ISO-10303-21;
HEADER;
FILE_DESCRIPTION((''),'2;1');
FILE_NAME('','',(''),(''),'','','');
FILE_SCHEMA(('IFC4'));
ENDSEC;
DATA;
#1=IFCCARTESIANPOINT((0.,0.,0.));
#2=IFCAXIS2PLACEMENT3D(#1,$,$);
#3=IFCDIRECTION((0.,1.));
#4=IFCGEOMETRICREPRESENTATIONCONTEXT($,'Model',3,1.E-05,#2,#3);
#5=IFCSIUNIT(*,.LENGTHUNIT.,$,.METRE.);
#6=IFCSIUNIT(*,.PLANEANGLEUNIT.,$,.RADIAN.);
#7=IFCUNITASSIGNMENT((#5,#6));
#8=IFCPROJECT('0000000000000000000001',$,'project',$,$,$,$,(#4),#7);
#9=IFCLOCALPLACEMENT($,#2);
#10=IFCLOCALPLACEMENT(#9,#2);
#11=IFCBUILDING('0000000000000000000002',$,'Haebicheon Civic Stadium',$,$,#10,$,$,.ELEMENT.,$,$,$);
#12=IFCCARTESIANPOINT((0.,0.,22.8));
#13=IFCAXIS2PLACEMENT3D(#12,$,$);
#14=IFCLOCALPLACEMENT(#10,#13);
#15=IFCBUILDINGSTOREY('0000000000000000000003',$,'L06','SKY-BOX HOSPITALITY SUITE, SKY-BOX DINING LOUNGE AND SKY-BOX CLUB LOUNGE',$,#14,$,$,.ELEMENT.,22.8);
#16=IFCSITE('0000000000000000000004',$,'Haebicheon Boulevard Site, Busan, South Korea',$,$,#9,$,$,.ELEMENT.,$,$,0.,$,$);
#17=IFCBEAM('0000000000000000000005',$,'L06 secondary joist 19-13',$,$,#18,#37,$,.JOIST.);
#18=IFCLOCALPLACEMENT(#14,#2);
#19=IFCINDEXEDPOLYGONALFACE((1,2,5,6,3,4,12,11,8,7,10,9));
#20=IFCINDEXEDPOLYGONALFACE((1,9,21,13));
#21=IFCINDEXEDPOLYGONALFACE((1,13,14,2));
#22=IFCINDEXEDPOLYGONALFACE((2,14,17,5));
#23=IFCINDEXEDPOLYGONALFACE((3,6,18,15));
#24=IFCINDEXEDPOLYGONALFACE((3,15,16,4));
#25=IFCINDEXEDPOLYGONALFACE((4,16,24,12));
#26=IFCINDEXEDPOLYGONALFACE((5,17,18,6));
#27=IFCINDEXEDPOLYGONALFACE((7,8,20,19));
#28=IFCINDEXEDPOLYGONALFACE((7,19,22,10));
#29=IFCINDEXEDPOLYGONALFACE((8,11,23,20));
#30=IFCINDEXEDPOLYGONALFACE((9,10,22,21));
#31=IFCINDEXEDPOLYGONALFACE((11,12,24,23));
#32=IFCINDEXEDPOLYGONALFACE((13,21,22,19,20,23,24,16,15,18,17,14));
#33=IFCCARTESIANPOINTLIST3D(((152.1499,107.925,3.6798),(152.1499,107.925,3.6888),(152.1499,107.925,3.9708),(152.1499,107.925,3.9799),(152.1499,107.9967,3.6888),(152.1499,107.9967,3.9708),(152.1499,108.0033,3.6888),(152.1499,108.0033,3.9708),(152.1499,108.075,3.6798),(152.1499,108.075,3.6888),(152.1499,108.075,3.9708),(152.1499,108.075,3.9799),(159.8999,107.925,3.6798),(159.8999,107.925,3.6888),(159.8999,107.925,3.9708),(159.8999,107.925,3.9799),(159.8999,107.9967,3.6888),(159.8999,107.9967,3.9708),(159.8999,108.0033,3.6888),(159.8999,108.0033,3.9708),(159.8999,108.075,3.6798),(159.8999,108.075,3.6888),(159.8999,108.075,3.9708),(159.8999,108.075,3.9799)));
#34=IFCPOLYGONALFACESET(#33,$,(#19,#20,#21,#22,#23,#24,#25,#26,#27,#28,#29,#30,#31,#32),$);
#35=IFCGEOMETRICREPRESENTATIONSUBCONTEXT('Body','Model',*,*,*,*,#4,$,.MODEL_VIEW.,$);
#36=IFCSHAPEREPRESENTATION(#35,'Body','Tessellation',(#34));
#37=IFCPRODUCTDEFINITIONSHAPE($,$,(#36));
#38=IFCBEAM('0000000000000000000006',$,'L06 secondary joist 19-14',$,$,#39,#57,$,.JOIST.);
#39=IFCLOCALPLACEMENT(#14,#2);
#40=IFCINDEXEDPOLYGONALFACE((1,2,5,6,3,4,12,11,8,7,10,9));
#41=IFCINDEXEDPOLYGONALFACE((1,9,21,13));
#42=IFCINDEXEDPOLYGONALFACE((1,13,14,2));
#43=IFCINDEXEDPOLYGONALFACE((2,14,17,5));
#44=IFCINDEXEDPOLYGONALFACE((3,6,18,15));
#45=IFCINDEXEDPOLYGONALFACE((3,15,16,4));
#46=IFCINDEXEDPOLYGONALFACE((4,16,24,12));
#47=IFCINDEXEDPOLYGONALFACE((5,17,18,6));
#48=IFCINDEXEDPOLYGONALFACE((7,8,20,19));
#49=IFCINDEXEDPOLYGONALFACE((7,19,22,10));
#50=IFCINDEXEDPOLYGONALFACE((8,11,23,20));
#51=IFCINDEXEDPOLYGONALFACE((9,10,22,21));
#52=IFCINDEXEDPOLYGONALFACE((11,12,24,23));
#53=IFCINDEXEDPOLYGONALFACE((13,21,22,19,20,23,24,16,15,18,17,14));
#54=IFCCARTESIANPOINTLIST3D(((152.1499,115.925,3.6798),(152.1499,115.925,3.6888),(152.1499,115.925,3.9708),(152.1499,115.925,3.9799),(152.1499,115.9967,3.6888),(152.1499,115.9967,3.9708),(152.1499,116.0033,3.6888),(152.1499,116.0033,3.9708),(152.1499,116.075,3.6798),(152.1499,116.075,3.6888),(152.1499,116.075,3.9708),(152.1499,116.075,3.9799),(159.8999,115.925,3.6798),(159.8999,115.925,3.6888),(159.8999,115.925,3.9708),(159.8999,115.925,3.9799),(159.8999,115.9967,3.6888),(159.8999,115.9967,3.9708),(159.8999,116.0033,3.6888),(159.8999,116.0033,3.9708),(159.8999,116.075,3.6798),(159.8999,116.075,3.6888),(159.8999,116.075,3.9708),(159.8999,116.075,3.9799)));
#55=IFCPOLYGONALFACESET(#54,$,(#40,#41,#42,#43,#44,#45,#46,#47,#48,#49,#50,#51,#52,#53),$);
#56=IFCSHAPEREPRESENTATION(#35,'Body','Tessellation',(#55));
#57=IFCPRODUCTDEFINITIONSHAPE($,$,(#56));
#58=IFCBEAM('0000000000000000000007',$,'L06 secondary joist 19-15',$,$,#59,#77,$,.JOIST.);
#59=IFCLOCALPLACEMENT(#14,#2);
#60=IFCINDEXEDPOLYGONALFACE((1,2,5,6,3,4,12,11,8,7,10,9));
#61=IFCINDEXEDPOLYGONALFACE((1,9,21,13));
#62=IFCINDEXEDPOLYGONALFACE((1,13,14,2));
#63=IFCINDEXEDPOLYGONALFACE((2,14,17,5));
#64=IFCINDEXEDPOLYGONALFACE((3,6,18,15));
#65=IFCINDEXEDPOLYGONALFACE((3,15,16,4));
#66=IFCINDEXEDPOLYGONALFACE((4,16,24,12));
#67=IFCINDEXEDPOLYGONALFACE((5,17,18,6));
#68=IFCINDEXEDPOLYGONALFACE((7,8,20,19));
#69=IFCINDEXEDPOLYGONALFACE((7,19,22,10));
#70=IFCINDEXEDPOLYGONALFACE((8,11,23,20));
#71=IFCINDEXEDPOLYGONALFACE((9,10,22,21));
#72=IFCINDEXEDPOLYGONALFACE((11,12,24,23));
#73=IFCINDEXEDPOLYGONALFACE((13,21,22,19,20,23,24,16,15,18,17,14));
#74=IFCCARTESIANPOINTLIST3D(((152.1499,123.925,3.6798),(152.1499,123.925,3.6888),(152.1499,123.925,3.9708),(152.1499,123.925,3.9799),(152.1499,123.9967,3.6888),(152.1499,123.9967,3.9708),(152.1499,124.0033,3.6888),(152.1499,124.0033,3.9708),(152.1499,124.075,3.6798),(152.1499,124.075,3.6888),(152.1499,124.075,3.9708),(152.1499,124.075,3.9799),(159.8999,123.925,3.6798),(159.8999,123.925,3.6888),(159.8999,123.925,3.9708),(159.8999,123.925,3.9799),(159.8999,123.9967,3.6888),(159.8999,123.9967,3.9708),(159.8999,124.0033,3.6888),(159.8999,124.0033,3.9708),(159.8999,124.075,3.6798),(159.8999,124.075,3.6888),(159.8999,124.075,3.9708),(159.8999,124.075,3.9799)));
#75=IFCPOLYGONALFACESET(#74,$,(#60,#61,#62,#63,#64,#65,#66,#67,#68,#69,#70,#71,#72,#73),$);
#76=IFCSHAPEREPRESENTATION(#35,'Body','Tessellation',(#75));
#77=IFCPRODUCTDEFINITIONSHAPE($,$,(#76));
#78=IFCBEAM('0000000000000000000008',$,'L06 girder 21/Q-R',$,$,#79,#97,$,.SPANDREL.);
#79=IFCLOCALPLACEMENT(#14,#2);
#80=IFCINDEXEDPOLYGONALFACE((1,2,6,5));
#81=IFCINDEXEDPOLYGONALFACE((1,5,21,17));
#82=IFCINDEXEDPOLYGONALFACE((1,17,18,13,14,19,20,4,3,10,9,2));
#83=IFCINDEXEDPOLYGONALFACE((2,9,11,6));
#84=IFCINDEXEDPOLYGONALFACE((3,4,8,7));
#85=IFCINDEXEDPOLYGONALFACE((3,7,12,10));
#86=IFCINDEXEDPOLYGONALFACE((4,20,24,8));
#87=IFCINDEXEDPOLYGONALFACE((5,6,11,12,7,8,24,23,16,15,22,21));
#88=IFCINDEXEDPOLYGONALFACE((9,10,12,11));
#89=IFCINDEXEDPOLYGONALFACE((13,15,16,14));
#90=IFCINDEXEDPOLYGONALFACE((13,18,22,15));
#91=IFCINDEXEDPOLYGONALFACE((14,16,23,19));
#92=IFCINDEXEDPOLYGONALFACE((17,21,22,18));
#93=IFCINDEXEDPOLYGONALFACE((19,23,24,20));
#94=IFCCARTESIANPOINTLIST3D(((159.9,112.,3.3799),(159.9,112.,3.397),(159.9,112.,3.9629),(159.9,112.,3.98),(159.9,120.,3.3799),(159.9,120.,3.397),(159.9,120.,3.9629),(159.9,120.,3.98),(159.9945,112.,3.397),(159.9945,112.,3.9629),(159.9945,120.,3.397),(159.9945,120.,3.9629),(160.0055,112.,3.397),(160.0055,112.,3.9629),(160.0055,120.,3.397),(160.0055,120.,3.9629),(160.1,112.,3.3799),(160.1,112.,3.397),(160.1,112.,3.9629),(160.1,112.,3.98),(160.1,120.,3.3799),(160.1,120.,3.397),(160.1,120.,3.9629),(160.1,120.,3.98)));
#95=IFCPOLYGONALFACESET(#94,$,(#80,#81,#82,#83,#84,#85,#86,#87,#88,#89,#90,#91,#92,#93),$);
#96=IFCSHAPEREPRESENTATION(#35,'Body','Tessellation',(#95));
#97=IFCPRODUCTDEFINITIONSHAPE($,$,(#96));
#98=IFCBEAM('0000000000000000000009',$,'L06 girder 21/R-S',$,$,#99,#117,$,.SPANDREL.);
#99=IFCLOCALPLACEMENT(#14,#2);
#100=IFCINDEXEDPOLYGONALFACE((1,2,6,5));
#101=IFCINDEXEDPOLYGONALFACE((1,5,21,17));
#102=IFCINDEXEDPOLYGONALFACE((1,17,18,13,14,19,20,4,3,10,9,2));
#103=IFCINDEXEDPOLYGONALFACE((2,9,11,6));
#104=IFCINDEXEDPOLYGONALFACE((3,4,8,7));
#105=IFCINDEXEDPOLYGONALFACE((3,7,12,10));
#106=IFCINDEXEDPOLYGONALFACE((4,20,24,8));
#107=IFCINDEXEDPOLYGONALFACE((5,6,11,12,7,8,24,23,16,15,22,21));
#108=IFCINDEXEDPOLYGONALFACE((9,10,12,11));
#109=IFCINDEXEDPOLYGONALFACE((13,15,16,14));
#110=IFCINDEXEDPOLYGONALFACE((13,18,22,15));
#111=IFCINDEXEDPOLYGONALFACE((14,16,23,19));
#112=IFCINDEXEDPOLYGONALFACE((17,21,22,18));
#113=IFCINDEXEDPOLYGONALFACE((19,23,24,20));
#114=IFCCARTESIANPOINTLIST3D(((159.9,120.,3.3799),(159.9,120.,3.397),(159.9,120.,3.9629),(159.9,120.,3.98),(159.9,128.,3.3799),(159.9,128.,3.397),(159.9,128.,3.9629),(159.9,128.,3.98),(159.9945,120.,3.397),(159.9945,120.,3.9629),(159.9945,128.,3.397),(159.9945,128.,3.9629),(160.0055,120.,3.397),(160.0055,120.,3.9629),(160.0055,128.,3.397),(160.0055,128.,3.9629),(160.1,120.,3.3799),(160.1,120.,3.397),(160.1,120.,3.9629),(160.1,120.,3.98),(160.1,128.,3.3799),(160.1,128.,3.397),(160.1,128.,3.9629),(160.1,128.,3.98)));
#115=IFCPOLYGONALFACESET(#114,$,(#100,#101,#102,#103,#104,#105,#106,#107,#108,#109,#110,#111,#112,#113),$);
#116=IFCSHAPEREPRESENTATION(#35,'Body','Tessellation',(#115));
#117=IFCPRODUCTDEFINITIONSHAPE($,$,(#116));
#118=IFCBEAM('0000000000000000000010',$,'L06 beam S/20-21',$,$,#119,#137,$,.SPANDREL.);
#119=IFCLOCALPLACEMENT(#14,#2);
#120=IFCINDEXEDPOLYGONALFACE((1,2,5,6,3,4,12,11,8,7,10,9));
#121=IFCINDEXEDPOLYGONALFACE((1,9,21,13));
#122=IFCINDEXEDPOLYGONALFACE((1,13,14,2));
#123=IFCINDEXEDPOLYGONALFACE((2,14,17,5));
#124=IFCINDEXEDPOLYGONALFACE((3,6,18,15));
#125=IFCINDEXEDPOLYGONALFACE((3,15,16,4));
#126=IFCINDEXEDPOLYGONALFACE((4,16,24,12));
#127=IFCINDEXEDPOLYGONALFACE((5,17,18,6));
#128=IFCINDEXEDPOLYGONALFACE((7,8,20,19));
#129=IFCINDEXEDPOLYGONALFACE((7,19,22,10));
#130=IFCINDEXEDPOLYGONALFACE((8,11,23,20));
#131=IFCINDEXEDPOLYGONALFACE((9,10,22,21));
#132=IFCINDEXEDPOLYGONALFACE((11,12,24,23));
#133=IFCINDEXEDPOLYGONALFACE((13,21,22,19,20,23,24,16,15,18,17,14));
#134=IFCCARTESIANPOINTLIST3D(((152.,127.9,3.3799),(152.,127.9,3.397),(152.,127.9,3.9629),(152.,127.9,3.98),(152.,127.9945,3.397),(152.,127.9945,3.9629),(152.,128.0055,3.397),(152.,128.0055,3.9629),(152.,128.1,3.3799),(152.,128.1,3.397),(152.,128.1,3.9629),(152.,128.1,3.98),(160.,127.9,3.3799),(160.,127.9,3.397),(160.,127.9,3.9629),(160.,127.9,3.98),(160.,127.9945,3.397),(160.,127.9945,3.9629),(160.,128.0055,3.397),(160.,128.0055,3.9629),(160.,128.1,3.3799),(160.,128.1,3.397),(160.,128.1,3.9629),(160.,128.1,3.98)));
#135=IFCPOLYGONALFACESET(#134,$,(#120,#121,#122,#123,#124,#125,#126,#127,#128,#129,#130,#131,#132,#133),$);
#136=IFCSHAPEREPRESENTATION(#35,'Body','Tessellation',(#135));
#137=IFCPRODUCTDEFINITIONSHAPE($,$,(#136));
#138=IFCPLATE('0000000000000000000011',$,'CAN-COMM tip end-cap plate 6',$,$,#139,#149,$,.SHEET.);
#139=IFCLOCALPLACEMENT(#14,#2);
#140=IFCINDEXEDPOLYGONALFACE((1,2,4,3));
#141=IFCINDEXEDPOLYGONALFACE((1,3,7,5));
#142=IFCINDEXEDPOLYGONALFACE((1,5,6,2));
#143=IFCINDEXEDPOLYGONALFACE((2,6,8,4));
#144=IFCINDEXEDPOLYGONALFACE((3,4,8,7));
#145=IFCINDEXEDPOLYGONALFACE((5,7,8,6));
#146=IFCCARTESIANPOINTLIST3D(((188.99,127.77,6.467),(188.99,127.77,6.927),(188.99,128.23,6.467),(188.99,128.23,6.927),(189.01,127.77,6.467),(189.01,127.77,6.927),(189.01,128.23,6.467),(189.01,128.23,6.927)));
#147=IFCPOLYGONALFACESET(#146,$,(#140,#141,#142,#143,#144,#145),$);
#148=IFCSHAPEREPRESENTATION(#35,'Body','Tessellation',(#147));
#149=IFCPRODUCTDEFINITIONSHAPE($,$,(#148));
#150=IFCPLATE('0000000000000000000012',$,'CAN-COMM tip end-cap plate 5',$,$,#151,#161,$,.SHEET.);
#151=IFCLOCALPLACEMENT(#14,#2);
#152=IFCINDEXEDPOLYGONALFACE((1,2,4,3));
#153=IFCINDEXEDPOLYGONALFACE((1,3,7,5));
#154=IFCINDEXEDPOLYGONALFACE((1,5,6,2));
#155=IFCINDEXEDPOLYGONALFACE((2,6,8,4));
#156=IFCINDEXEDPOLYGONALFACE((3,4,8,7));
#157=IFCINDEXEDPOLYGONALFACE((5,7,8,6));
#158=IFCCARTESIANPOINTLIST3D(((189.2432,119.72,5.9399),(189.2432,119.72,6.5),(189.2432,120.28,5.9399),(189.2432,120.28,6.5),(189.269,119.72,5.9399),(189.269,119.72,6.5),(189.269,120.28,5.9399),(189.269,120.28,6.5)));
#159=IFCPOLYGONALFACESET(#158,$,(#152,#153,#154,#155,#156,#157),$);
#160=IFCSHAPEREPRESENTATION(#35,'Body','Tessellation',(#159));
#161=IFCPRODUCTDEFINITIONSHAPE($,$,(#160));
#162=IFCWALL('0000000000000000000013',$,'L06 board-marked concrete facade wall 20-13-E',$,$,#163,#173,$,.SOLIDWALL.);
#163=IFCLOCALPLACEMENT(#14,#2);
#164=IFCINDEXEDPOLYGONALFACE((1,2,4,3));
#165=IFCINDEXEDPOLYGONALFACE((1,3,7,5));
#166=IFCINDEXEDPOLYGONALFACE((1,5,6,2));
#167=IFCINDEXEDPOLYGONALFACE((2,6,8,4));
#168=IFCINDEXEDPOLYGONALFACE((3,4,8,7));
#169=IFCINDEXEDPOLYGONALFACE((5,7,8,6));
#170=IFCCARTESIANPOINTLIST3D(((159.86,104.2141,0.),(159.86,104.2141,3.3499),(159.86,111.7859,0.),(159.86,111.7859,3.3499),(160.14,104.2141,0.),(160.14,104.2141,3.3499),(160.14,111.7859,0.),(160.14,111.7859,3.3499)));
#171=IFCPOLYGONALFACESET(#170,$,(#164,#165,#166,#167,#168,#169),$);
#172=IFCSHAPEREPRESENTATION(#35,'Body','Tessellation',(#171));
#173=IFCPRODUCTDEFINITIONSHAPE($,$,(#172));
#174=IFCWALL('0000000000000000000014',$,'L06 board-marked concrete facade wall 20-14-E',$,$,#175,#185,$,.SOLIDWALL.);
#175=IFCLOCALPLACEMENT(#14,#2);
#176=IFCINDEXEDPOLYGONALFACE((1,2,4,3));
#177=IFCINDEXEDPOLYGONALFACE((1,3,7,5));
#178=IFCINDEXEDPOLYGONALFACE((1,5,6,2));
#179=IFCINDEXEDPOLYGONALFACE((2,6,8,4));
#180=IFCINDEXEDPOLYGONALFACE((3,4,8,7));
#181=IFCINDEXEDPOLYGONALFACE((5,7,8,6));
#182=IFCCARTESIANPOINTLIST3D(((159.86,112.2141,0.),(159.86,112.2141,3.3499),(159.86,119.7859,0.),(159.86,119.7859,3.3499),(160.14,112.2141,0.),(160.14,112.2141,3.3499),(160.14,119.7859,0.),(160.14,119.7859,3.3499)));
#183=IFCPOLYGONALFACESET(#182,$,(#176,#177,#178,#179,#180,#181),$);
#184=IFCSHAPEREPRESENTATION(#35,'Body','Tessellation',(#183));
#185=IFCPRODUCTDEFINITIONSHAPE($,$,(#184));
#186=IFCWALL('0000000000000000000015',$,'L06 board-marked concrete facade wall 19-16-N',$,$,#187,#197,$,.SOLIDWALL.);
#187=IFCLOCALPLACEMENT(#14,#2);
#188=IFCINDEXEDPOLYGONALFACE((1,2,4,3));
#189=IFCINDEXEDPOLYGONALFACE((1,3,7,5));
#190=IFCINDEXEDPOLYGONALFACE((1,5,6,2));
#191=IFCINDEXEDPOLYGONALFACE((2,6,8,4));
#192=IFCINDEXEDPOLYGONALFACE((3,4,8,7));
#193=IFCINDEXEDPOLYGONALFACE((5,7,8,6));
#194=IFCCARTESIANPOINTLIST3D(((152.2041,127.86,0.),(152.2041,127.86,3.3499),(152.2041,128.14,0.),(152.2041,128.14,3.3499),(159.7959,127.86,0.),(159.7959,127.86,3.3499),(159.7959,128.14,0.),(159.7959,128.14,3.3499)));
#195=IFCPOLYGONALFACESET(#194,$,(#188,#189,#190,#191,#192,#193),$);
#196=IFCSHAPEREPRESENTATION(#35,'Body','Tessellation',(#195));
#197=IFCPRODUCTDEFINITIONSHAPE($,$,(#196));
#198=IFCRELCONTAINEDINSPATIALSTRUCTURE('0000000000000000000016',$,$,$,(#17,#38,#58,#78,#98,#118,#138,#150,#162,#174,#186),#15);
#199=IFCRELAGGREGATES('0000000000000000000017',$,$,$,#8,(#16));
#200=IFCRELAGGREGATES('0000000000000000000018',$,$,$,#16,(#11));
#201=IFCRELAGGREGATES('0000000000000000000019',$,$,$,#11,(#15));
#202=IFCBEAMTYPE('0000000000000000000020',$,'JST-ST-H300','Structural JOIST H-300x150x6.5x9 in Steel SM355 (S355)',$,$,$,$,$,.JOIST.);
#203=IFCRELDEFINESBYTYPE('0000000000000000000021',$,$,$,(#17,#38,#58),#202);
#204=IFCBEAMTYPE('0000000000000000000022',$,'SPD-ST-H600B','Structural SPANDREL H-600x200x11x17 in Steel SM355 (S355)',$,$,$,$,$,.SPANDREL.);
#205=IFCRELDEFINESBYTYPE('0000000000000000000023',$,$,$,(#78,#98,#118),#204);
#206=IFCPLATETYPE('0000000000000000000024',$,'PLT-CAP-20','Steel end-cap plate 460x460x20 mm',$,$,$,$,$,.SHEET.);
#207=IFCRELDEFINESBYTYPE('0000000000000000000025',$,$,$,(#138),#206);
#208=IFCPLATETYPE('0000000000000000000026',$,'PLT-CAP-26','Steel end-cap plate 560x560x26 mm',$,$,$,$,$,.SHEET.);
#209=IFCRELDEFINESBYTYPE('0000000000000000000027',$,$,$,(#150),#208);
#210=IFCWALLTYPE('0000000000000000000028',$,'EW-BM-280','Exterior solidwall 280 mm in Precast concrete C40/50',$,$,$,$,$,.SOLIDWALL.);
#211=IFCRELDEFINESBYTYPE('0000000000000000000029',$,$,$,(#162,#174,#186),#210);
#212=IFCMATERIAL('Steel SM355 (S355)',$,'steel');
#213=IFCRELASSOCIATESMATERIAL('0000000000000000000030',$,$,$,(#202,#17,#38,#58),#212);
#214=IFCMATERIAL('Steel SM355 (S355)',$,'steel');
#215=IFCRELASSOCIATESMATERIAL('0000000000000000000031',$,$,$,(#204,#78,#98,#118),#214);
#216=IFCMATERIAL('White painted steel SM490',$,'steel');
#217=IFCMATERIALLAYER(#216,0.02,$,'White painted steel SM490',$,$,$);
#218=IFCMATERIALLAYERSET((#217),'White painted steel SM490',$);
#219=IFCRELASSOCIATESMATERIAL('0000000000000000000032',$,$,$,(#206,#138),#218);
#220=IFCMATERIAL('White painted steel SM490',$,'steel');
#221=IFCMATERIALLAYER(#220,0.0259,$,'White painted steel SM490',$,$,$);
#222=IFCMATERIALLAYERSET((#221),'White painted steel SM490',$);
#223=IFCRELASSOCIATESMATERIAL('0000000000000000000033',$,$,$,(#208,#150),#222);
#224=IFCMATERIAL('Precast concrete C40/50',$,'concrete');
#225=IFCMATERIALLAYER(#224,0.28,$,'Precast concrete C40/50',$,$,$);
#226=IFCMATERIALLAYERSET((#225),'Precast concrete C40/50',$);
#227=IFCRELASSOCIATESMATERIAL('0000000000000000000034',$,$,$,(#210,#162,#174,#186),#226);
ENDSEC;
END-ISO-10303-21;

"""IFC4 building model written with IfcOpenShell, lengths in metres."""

from ifc_helpers import new_model, si_unit, direction, frame, frame_2d, origin, origin_2d, place, context, subcontext, project, spatial, rectangle, i_section, extrude, material, layer, layer_set, material_profile, profile_set, type_object, element, save


model = new_model("IFC4")

# Units and contexts
model_context = context("Model", 3, precision=1e-05, world=origin(), true_north=direction((0.0, 1.0)))
body_context = subcontext(model_context, "Body", "Model", "MODEL_VIEW")
ifc_project = project(units=[si_unit("LENGTHUNIT", "METRE"), si_unit("PLANEANGLEUNIT", "RADIAN")], contexts=[model_context])

# Site, building, storey
site_placement = place(None, origin())
site = spatial("IfcSite", under=ifc_project, at=site_placement, Name="Haebicheon Boulevard Site, Busan, South Korea", CompositionType="ELEMENT", RefElevation=0.0)
building_placement = place(site_placement, origin())
building = spatial("IfcBuilding", under=site, at=building_placement, Name="Haebicheon Civic Stadium", CompositionType="ELEMENT")
storey_placement = place(building_placement, frame((0.0, 0.0, 22.8)))
storey = spatial("IfcBuildingStorey", under=building, at=storey_placement, Name="L06", Description="SKY-BOX HOSPITALITY SUITE, SKY-BOX DINING LOUNGE AND SKY-BOX CLUB LOUNGE", CompositionType="ELEMENT", Elevation=22.8)

# Beams
ifc_material_1 = material(Name="Steel SM355 (S355)", Category="steel")
ifc_material_profile_1 = material_profile(ifc_material_1, i_section(OverallWidth=0.1499, OverallDepth=0.3, WebThickness=0.0066, FlangeThickness=0.009, at=origin_2d()), Name="H-300x150x6.5x9")
ifc_profile_set_1 = profile_set([ifc_material_profile_1], Name="Steel SM355 (S355)")
beam_type_1 = type_object("IfcBeamType", Name="JST-ST-H300", Description="Structural JOIST H-300x150x6.5x9 in Steel SM355 (S355)", PredefinedType="JOIST", material=ifc_profile_set_1)
for number, where, z_axis, x_axis, name in (
    (1, (152.1499, 108.0, 3.8298), (1.0, 0.0, 0.0), (0.0, 1.0, 0.0), "L06 secondary joist 19-13"),
    (2, (152.1499, 116.0, 3.8298), (1.0, 0.0, 0.0), (0.0, 1.0, 0.0), "L06 secondary joist 19-14"),
    (3, (152.1499, 124.0, 3.8298), (1.0, 0.0, 0.0), (0.0, 1.0, 0.0), "L06 secondary joist 19-15"),
):
    element("IfcBeam", number, at=place(storey_placement, frame(where, z_axis=z_axis, x_axis=x_axis)), inside=storey, type_object=beam_type_1, material=ifc_profile_set_1, Name=name, PredefinedType="JOIST", context=body_context, shape_type="SweptSolid", body=[
        extrude(i_section(OverallWidth=0.1499, OverallDepth=0.3, WebThickness=0.0066, FlangeThickness=0.009, at=origin_2d()), origin(), (0.0, 0.0, 1.0), 7.75),
    ])
ifc_material_2 = material(Name="Steel SM355 (S355)", Category="steel")
ifc_material_profile_2 = material_profile(ifc_material_2, i_section(OverallWidth=0.2, OverallDepth=0.6001, WebThickness=0.011, FlangeThickness=0.0171, at=origin_2d()), Name="H-600x200x11x17")
ifc_profile_set_2 = profile_set([ifc_material_profile_2], Name="Steel SM355 (S355)")
beam_type_2 = type_object("IfcBeamType", Name="SPD-ST-H600B", Description="Structural SPANDREL H-600x200x11x17 in Steel SM355 (S355)", PredefinedType="SPANDREL", material=ifc_profile_set_2)
for number, where, z_axis, x_axis, name in (
    (4, (160.0, 112.0, 3.6799), (0.0, 1.0, 0.0), (-1.0, 0.0, 0.0), "L06 girder 21/Q-R"),
    (5, (160.0, 120.0, 3.6799), (0.0, 1.0, 0.0), (-1.0, 0.0, 0.0), "L06 girder 21/R-S"),
    (6, (152.0, 128.0, 3.6799), (1.0, 0.0, 0.0), (0.0, 1.0, 0.0), "L06 beam S/20-21"),
):
    element("IfcBeam", number, at=place(storey_placement, frame(where, z_axis=z_axis, x_axis=x_axis)), inside=storey, type_object=beam_type_2, material=ifc_profile_set_2, Name=name, PredefinedType="SPANDREL", context=body_context, shape_type="SweptSolid", body=[
        extrude(i_section(OverallWidth=0.2, OverallDepth=0.6001, WebThickness=0.011, FlangeThickness=0.0171, at=origin_2d()), origin(), (0.0, 0.0, 1.0), 8.0),
    ])

# Plates
ifc_material_3 = material(Name="White painted steel SM490", Category="steel")
ifc_layer_1 = layer(ifc_material_3, 0.02, Name="White painted steel SM490")
ifc_layer_set_1 = layer_set([ifc_layer_1], Name="White painted steel SM490")
plate_type_1 = type_object("IfcPlateType", Name="PLT-CAP-20", Description="Steel end-cap plate 460x460x20 mm", PredefinedType="SHEET", material=ifc_layer_set_1)
plate_1_placement = place(storey_placement, frame((189.0, 128.0, 6.467), z_axis=(0.0, 0.0, 1.0), x_axis=(0.0, 1.0, 0.0)))
element("IfcPlate", 7, at=plate_1_placement, inside=storey, type_object=plate_type_1, material=ifc_layer_set_1, Name="CAN-COMM tip end-cap plate 6", PredefinedType="SHEET", context=body_context, shape_type="SweptSolid", body=[
    extrude(rectangle(XDim=0.46, YDim=0.02, at=origin_2d()), origin(), (0.0, 0.0, 1.0), 0.46),
])
ifc_material_4 = material(Name="White painted steel SM490", Category="steel")
ifc_layer_2 = layer(ifc_material_4, 0.0259, Name="White painted steel SM490")
ifc_layer_set_2 = layer_set([ifc_layer_2], Name="White painted steel SM490")
plate_type_2 = type_object("IfcPlateType", Name="PLT-CAP-26", Description="Steel end-cap plate 560x560x26 mm", PredefinedType="SHEET", material=ifc_layer_set_2)
plate_2_placement = place(storey_placement, frame((189.2561, 120.0, 5.9399), z_axis=(0.0, 0.0, 1.0), x_axis=(0.0, 1.0, 0.0)))
element("IfcPlate", 8, at=plate_2_placement, inside=storey, type_object=plate_type_2, material=ifc_layer_set_2, Name="CAN-COMM tip end-cap plate 5", PredefinedType="SHEET", context=body_context, shape_type="SweptSolid", body=[
    extrude(rectangle(XDim=0.5601, YDim=0.0259, at=origin_2d()), origin(), (0.0, 0.0, 1.0), 0.5601),
])

# Walls
ifc_material_5 = material(Name="Precast concrete C40/50", Category="concrete")
ifc_layer_3 = layer(ifc_material_5, 0.28, Name="Precast concrete C40/50")
ifc_layer_set_3 = layer_set([ifc_layer_3], Name="Precast concrete C40/50")
wall_type_1 = type_object("IfcWallType", Name="EW-BM-280", Description="Exterior solidwall 280 mm in Precast concrete C40/50", PredefinedType="SOLIDWALL", material=ifc_layer_set_3)
for number, where, z_axis, x_axis, name in (
    (9, (160.0, 104.2141, 0.0), (0.0, 0.0, 1.0), (0.0, 1.0, 0.0), "L06 board-marked concrete facade wall 20-13-E"),
    (10, (160.0, 112.2141, 0.0), (0.0, 0.0, 1.0), (0.0, 1.0, 0.0), "L06 board-marked concrete facade wall 20-14-E"),
):
    element("IfcWall", number, at=place(storey_placement, frame(where, z_axis=z_axis, x_axis=x_axis)), inside=storey, type_object=wall_type_1, material=ifc_layer_set_3, Name=name, PredefinedType="SOLIDWALL", context=body_context, shape_type="SweptSolid", body=[
        extrude(rectangle(XDim=7.5718, YDim=0.28, at=frame_2d((3.7859, 0.0))), origin(), (0.0, 0.0, 1.0), 3.3499),
    ])
wall_1_placement = place(storey_placement, frame((152.2041, 128.0, 0.0), z_axis=(0.0, 0.0, 1.0), x_axis=(1.0, 0.0, 0.0)))
element("IfcWall", 11, at=wall_1_placement, inside=storey, type_object=wall_type_1, material=ifc_layer_set_3, Name="L06 board-marked concrete facade wall 19-16-N", PredefinedType="SOLIDWALL", context=body_context, shape_type="SweptSolid", body=[
    extrude(rectangle(XDim=7.5918, YDim=0.28, at=frame_2d((3.7959, 0.0))), origin(), (0.0, 0.0, 1.0), 3.3499),
])

save(model, "model.ifc")
